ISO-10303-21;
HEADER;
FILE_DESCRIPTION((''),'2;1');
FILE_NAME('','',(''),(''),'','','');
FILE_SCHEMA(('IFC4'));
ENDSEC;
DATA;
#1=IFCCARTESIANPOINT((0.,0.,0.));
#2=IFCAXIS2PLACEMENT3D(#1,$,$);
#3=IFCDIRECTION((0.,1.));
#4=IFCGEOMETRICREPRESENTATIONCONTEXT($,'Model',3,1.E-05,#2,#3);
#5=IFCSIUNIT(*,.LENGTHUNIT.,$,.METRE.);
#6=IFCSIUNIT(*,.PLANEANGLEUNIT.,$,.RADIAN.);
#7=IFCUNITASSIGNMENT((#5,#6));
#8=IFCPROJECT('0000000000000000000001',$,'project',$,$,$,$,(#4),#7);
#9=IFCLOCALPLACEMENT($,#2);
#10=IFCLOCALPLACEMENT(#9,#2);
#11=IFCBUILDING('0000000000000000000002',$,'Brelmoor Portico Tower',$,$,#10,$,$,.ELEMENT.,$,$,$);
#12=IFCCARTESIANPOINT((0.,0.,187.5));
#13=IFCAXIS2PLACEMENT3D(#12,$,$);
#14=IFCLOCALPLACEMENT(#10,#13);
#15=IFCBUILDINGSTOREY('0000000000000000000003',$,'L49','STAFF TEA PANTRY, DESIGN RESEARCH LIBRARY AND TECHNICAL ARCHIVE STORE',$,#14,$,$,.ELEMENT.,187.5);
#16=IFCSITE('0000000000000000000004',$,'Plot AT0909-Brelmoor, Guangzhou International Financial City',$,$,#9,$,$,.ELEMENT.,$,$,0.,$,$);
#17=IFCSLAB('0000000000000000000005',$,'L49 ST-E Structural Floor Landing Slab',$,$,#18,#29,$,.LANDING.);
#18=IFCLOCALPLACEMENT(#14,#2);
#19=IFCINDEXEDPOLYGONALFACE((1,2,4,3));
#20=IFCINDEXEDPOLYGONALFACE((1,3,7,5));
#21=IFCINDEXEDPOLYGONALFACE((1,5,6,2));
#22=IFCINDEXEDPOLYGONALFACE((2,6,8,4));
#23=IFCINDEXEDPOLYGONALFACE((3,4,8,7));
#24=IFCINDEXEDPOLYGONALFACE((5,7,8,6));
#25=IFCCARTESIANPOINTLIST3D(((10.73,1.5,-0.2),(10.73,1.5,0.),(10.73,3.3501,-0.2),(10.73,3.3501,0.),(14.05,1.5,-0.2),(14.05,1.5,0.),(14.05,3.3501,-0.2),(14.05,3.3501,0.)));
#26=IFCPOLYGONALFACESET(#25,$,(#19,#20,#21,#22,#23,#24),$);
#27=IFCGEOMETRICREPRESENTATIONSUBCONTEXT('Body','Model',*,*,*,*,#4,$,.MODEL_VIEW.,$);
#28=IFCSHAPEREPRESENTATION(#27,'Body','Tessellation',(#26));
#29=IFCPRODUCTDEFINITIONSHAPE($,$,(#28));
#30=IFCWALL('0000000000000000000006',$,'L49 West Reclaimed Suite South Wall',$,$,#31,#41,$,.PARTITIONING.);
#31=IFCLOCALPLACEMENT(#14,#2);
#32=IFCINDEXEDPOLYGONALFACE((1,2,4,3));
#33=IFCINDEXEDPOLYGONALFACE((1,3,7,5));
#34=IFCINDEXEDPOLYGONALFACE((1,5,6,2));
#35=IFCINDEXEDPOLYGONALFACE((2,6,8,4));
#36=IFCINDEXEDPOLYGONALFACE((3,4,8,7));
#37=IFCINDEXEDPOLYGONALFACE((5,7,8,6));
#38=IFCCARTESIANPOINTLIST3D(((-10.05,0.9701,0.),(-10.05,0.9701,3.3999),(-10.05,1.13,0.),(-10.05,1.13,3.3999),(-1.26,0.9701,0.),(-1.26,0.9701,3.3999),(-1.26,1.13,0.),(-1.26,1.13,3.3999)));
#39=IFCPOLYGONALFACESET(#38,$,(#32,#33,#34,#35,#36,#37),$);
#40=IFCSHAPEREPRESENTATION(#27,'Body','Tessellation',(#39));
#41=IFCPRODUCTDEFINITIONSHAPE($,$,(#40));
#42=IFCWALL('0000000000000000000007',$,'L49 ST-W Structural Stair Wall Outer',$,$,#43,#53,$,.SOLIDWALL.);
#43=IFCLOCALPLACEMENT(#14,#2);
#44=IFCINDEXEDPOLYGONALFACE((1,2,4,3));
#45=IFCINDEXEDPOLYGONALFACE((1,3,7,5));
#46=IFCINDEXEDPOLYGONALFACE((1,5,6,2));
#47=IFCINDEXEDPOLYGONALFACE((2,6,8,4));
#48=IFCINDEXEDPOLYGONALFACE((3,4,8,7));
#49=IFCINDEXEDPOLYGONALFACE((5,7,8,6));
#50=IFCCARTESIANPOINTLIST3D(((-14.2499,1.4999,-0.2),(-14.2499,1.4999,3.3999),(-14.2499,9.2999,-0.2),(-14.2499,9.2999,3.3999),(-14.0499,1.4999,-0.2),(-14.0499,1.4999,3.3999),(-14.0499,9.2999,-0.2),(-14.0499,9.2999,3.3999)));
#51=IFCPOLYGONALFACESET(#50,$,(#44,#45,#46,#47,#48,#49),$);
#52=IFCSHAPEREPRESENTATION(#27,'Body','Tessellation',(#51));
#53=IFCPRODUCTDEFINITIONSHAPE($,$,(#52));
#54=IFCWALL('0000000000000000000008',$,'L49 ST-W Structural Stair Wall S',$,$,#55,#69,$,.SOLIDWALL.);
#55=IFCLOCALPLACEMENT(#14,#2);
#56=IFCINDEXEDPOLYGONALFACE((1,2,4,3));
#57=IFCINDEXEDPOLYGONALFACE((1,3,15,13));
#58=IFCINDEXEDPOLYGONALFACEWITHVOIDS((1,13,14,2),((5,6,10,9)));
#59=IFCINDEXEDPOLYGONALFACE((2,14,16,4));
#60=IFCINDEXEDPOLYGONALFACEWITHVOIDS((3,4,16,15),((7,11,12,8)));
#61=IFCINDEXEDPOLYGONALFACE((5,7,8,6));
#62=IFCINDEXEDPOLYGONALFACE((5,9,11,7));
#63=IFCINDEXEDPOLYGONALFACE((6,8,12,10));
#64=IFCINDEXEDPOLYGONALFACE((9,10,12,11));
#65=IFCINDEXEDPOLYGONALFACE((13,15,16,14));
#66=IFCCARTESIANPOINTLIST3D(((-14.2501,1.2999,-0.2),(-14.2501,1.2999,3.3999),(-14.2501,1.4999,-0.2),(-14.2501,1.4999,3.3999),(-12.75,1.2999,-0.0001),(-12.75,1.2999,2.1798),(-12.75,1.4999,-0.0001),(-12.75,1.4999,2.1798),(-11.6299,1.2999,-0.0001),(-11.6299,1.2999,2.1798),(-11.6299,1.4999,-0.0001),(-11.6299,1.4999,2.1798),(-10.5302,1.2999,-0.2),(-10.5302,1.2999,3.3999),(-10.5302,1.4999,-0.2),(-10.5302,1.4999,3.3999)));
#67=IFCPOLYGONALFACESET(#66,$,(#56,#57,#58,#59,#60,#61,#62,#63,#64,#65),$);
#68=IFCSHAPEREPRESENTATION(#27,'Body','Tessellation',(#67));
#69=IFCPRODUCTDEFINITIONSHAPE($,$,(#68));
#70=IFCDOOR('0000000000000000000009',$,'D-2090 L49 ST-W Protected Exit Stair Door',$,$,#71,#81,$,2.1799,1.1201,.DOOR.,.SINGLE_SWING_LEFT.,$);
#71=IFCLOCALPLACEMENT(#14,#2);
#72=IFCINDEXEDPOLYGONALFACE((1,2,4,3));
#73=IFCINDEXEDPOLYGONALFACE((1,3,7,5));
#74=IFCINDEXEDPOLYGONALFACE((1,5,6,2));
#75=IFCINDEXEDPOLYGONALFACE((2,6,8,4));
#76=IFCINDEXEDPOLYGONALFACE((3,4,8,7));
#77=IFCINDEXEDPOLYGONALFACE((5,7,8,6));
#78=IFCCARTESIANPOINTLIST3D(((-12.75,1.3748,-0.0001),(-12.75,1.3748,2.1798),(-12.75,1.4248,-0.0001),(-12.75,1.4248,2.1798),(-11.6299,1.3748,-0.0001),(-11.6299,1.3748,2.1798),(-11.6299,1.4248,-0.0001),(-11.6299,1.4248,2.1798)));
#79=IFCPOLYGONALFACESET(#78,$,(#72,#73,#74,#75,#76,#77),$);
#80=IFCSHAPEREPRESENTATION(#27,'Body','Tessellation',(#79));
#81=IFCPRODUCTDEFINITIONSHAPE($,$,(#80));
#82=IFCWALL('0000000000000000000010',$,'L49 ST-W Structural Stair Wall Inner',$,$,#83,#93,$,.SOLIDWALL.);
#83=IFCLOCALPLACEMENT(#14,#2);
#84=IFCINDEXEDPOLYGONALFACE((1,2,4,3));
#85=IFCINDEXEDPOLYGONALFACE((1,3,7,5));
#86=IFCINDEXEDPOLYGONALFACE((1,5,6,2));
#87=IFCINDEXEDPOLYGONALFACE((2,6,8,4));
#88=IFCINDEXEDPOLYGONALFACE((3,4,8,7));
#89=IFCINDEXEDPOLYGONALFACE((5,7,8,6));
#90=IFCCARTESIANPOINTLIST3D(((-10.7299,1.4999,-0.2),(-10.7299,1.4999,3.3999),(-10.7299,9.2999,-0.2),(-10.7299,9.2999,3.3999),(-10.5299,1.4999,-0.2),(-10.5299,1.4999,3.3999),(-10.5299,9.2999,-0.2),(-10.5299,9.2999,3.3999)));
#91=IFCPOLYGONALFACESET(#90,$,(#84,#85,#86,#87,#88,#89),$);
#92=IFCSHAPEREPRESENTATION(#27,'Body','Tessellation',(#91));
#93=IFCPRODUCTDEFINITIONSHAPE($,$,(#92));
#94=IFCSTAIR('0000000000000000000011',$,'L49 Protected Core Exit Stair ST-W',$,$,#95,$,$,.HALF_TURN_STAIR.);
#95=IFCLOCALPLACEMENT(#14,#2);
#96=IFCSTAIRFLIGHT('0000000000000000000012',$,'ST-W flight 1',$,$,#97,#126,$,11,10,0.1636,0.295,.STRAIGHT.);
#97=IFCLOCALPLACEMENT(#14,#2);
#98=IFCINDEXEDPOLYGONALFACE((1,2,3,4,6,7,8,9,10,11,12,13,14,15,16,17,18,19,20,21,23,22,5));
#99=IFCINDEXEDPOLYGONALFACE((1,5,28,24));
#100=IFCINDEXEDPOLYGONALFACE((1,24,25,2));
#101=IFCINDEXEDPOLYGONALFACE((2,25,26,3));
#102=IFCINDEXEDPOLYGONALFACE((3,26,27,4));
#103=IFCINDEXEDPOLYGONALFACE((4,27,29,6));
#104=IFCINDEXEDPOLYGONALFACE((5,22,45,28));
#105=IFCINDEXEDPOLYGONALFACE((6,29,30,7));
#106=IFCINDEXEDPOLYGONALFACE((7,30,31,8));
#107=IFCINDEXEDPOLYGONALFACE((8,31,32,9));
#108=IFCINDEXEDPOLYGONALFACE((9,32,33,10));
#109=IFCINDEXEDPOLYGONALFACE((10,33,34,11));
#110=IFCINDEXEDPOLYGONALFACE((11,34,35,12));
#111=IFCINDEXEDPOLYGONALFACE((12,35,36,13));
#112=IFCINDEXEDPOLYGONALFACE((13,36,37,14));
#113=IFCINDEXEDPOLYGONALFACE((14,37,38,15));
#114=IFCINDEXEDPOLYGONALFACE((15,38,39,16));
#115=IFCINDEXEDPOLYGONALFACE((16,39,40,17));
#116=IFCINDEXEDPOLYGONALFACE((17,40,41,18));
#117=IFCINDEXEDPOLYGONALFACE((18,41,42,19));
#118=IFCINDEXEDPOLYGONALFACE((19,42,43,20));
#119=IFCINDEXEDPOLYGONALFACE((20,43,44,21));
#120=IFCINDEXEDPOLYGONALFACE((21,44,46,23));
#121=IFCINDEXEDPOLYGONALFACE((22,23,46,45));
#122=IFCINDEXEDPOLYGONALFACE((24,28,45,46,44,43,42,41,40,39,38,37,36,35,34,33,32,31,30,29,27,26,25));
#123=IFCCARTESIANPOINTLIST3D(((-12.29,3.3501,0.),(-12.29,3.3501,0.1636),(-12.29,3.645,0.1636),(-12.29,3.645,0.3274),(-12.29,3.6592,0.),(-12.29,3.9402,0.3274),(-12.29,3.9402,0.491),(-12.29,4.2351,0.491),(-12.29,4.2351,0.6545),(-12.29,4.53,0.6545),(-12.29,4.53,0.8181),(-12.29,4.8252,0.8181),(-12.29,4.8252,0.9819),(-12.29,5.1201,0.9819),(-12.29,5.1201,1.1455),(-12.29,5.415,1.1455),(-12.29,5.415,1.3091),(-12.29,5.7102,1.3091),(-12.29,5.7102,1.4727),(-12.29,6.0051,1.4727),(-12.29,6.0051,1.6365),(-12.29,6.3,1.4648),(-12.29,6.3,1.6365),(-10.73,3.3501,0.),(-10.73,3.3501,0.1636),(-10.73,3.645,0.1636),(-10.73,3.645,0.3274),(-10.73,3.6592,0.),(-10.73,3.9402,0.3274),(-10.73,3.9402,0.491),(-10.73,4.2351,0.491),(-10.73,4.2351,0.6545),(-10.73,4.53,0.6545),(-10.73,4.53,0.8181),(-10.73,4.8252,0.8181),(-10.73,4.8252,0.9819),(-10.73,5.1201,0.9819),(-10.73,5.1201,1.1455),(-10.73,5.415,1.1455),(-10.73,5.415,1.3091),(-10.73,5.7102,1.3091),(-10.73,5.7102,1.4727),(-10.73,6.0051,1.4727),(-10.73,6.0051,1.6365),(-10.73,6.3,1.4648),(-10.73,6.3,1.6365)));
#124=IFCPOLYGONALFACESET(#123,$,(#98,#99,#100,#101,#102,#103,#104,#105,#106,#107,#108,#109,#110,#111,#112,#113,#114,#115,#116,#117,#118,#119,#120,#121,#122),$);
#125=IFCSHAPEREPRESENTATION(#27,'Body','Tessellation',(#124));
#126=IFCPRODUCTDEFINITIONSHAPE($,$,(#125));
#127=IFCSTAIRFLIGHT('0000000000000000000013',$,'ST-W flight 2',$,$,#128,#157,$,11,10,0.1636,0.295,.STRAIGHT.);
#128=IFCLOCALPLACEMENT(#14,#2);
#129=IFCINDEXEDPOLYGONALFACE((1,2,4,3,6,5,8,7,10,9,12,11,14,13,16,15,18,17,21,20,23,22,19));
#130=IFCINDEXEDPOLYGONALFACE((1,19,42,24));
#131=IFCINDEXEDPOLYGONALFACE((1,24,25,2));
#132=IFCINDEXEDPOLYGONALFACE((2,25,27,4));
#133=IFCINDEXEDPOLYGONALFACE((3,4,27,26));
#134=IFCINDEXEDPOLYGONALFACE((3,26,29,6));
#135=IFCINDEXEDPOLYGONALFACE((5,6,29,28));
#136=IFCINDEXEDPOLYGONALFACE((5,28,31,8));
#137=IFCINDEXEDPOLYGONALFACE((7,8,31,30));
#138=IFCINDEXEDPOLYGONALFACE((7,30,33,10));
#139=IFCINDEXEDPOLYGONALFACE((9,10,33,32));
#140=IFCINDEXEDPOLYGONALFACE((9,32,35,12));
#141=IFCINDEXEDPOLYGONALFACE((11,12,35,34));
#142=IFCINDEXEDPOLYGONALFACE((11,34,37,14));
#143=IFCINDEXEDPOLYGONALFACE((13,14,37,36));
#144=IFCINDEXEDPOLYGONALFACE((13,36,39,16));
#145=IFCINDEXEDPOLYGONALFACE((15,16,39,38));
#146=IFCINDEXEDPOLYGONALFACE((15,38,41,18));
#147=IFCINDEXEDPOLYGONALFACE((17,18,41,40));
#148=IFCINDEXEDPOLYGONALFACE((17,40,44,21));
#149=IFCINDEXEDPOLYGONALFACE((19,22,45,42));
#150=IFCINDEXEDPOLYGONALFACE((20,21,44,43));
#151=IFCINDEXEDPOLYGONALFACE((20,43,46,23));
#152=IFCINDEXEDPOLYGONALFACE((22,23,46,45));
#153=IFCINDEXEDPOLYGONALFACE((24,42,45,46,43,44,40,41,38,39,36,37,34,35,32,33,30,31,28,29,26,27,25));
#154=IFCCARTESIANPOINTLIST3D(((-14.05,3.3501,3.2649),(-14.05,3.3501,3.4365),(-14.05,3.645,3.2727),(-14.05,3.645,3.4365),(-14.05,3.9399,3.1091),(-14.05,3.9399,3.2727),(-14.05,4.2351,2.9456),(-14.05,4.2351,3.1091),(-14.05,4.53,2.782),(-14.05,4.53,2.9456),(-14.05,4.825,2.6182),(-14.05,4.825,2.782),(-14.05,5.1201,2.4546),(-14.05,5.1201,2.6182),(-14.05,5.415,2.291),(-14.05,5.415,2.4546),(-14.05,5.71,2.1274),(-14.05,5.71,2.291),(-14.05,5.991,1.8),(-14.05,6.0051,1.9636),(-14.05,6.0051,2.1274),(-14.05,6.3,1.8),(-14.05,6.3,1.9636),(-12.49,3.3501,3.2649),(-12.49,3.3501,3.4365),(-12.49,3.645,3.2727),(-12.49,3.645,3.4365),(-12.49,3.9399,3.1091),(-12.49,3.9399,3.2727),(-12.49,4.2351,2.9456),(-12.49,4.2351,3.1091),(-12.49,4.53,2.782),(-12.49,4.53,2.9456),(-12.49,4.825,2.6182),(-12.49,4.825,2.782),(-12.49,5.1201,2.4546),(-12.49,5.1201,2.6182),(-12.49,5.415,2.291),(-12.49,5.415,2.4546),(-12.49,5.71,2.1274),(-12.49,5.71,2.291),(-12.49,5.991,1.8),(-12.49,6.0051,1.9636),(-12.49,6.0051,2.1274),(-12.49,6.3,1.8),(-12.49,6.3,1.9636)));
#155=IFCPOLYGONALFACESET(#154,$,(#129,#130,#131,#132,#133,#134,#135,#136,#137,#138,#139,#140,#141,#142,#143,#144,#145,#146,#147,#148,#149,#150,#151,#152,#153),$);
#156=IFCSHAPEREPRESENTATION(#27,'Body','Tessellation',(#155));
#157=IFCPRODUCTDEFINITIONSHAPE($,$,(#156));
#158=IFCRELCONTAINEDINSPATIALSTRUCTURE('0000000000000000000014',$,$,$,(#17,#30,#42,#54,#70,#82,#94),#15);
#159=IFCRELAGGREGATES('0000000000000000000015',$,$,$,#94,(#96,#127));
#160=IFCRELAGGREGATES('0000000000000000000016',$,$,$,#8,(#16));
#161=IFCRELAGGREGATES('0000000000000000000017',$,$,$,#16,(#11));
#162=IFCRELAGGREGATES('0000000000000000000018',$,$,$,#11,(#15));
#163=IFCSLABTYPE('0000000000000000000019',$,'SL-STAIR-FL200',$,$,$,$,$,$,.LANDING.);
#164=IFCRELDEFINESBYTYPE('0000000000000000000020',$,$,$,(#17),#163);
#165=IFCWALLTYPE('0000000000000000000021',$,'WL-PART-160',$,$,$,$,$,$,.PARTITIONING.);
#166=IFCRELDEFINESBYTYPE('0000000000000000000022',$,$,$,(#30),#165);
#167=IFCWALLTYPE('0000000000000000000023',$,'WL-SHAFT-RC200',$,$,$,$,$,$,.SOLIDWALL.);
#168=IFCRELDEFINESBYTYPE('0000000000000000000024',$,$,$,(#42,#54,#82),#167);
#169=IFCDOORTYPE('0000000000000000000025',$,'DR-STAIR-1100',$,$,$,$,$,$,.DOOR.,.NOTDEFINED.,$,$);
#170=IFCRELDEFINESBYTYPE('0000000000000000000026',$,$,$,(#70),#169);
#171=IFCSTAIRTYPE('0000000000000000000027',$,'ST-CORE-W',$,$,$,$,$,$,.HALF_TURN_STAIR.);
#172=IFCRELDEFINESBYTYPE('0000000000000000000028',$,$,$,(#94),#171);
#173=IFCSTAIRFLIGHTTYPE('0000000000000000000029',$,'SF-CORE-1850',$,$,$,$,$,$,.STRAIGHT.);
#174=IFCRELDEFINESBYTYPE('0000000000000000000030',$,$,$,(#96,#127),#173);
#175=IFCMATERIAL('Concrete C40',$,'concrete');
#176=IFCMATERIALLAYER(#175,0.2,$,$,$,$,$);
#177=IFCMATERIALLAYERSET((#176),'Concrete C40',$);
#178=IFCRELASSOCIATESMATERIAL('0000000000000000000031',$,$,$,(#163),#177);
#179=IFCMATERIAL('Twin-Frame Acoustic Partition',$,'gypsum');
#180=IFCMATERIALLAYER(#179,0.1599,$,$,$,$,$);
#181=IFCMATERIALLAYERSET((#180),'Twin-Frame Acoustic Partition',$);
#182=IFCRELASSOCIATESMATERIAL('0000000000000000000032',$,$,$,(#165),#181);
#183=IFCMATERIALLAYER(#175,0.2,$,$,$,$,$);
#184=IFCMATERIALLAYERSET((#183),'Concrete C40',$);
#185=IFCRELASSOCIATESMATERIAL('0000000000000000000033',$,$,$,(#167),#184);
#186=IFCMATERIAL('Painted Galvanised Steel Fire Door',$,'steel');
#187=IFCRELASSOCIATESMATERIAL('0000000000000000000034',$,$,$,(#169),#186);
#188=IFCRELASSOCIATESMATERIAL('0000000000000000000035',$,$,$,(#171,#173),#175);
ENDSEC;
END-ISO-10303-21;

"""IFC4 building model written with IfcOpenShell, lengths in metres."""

from ifc_helpers import new_model, si_unit, direction, frame, frame_2d, origin, place, context, subcontext, project, spatial, polyline, rectangle, outline, extrude, material, layer, layer_set, type_object, element, fill, aggregate, save


model = new_model("IFC4")

# Units and contexts
model_context = context("Model", 3, precision=1e-05, world=origin(), true_north=direction((0.0, 1.0)))
body_context = subcontext(model_context, "Body", "Model", "MODEL_VIEW")
ifc_project = project(units=[si_unit("LENGTHUNIT", "METRE"), si_unit("PLANEANGLEUNIT", "RADIAN")], contexts=[model_context])

# Site, building, storey
site_placement = place(None, origin())
site = spatial("IfcSite", under=ifc_project, at=site_placement, Name="Plot AT0909-Brelmoor, Guangzhou International Financial City", CompositionType="ELEMENT", RefElevation=0.0)
building_placement = place(site_placement, origin())
building = spatial("IfcBuilding", under=site, at=building_placement, Name="Brelmoor Portico Tower", CompositionType="ELEMENT")
storey_placement = place(building_placement, frame((0.0, 0.0, 187.5)))
storey = spatial("IfcBuildingStorey", under=building, at=storey_placement, Name="L49", Description="STAFF TEA PANTRY, DESIGN RESEARCH LIBRARY AND TECHNICAL ARCHIVE STORE", CompositionType="ELEMENT", Elevation=187.5)

# Slab
ifc_material_1 = material(Name="Concrete C40", Category="concrete")
ifc_layer_1 = layer(ifc_material_1, 0.2)
ifc_layer_set_1 = layer_set([ifc_layer_1], Name="Concrete C40")
slab_type_1 = type_object("IfcSlabType", Name="SL-STAIR-FL200", PredefinedType="LANDING", material=ifc_layer_set_1)
slab_1_placement = place(storey_placement, frame((0.0, 0.0, -0.2)))
element("IfcSlab", 1, at=slab_1_placement, inside=storey, type_object=slab_type_1, Name="L49 ST-E Structural Floor Landing Slab", PredefinedType="LANDING", context=body_context, shape_type="SweptSolid", body=[
    extrude(outline(polyline([(14.05, 1.5), (14.05, 3.3501), (10.73, 3.3501), (10.73, 1.5), (14.05, 1.5)])), origin(), (0.0, 0.0, 1.0), 0.2),
])

# Walls
ifc_material_2 = material(Name="Twin-Frame Acoustic Partition", Category="gypsum")
ifc_layer_2 = layer(ifc_material_2, 0.1599)
ifc_layer_set_2 = layer_set([ifc_layer_2], Name="Twin-Frame Acoustic Partition")
wall_type_1 = type_object("IfcWallType", Name="WL-PART-160", PredefinedType="PARTITIONING", material=ifc_layer_set_2)
wall_1_placement = place(storey_placement, frame((-10.05, 1.05, 0.0), z_axis=(0.0, 0.0, 1.0), x_axis=(1.0, 0.0, 0.0)))
element("IfcWall", 2, at=wall_1_placement, inside=storey, type_object=wall_type_1, Name="L49 West Reclaimed Suite South Wall", PredefinedType="PARTITIONING", context=body_context, shape_type="SweptSolid", body=[
    extrude(rectangle(XDim=8.79, YDim=0.1599, at=frame_2d((4.395, 0.0))), origin(), (0.0, 0.0, 1.0), 3.3999),
])
ifc_layer_3 = layer(ifc_material_1, 0.2)
ifc_layer_set_3 = layer_set([ifc_layer_3], Name="Concrete C40")
wall_type_2 = type_object("IfcWallType", Name="WL-SHAFT-RC200", PredefinedType="SOLIDWALL", material=ifc_layer_set_3)
wall_2_placement = place(storey_placement, frame((-14.1499, 1.5, -0.2), z_axis=(0.0, 0.0, 1.0), x_axis=(0.0, 1.0, 0.0)))
element("IfcWall", 3, at=wall_2_placement, inside=storey, type_object=wall_type_2, Name="L49 ST-W Structural Stair Wall Outer", PredefinedType="SOLIDWALL", context=body_context, shape_type="SweptSolid", body=[
    extrude(rectangle(XDim=7.8, YDim=0.2, at=frame_2d((3.8999, 0.0))), origin(), (0.0, 0.0, 1.0), 3.5999),
])

# Wall, opening, door
wall_3_placement = place(storey_placement, frame((-14.25, 1.3999, -0.2), z_axis=(0.0, 0.0, 1.0), x_axis=(1.0, 0.0, 0.0)))
wall_3 = element("IfcWall", 4, at=wall_3_placement, inside=storey, type_object=wall_type_2, Name="L49 ST-W Structural Stair Wall S", PredefinedType="SOLIDWALL", context=body_context, shape_type="SweptSolid", body=[
    extrude(rectangle(XDim=3.72, YDim=0.2, at=frame_2d((1.8599, 0.0))), origin(), (0.0, 0.0, 1.0), 3.5999),
])
opening_placement = place(wall_3_placement, frame((1.5, 0.0, 0.2)))
opening = element("IfcOpeningElement", 5, at=opening_placement, cuts=wall_3, PredefinedType="OPENING", context=body_context, shape_type="SweptSolid", body=[
    extrude(rectangle(XDim=1.1201, YDim=2.1799, at=frame_2d((0.5601, 1.0898))), frame((0.0, 0.1099, 0.0), z_axis=(0.0, -1.0, 0.0), x_axis=(1.0, 0.0, 0.0)), (0.0, 0.0, 1.0), 0.22),
])
ifc_material_3 = material(Name="Painted Galvanised Steel Fire Door", Category="steel")
door_type = type_object("IfcDoorType", Name="DR-STAIR-1100", OperationType="NOTDEFINED", PredefinedType="DOOR", material=ifc_material_3)
door_placement = place(opening_placement, origin())
door = element("IfcDoor", 6, at=door_placement, inside=storey, type_object=door_type, Name="D-2090 L49 ST-W Protected Exit Stair Door", OperationType="SINGLE_SWING_LEFT", OverallHeight=2.1799, OverallWidth=1.1201, PredefinedType="DOOR", context=body_context, shape_type="SweptSolid", body=[
    extrude(rectangle(XDim=1.1201, YDim=2.1799, at=frame_2d((0.5601, 1.0898))), frame((0.0, 0.0249, 0.0), z_axis=(0.0, -1.0, 0.0), x_axis=(1.0, 0.0, 0.0)), (0.0, 0.0, 1.0), 0.05),
])
fill(opening, door)

# Wall
wall_4_placement = place(storey_placement, frame((-10.6299, 1.5, -0.2), z_axis=(0.0, 0.0, 1.0), x_axis=(0.0, 1.0, 0.0)))
element("IfcWall", 7, at=wall_4_placement, inside=storey, type_object=wall_type_2, Name="L49 ST-W Structural Stair Wall Inner", PredefinedType="SOLIDWALL", context=body_context, shape_type="SweptSolid", body=[
    extrude(rectangle(XDim=7.8, YDim=0.2, at=frame_2d((3.8999, 0.0))), origin(), (0.0, 0.0, 1.0), 3.5999),
])

# Stair, stair flights
stair_type = type_object("IfcStairType", Name="ST-CORE-W", PredefinedType="HALF_TURN_STAIR", material=ifc_material_1)
stair_placement = place(storey_placement, origin())
stair = element("IfcStair", 8, at=stair_placement, inside=storey, type_object=stair_type, Name="L49 Protected Core Exit Stair ST-W", PredefinedType="HALF_TURN_STAIR")
stair_flight_type = type_object("IfcStairFlightType", Name="SF-CORE-1850", PredefinedType="STRAIGHT", material=ifc_material_1)
stair_flight_1_placement = place(storey_placement, frame((-11.51, 3.3501, 0.0), z_axis=(0.0, 0.0, 1.0), x_axis=(0.0, 1.0, 0.0)))
stair_flight_1 = element("IfcStairFlight", 9, at=stair_flight_1_placement, type_object=stair_flight_type, Name="ST-W flight 1", NumberOfRisers=11, NumberOfTreads=10, PredefinedType="STRAIGHT", RiserHeight=0.1636, TreadLength=0.295, context=body_context, shape_type="SweptSolid", body=[
    extrude(outline(polyline([(0.0, 0.0), (0.0, 0.1636), (0.2949, 0.1636), (0.2949, 0.3274), (0.5901, 0.3274), (0.5901, 0.491), (0.885, 0.491), (0.885, 0.6545), (1.1799, 0.6545), (1.1799, 0.8181), (1.4751, 0.8181), (1.4751, 0.9819), (1.77, 0.9819), (1.77, 1.1455), (2.0649, 1.1455), (2.0649, 1.3091), (2.3601, 1.3091), (2.3601, 1.4727), (2.655, 1.4727), (2.655, 1.6365), (2.95, 1.6365), (2.95, 1.8), (2.95, 1.4648), (0.3091, 0.0), (0.0, 0.0)])), frame((0.0, 0.78, 0.0), z_axis=(0.0, -1.0, 0.0), x_axis=(1.0, 0.0, 0.0)), (0.0, 0.0, 1.0), 1.5601),
])
stair_flight_2_placement = place(storey_placement, frame((-13.27, 6.3, 1.8), z_axis=(0.0, 0.0, 1.0), x_axis=(0.0, -1.0, 0.0)))
stair_flight_2 = element("IfcStairFlight", 10, at=stair_flight_2_placement, type_object=stair_flight_type, Name="ST-W flight 2", NumberOfRisers=11, NumberOfTreads=10, PredefinedType="STRAIGHT", RiserHeight=0.1636, TreadLength=0.295, context=body_context, shape_type="SweptSolid", body=[
    extrude(outline(polyline([(0.0, 0.0), (0.0, 0.1636), (0.2949, 0.1636), (0.2949, 0.3274), (0.5901, 0.3274), (0.5901, 0.491), (0.885, 0.491), (0.885, 0.6545), (1.1799, 0.6545), (1.1799, 0.8181), (1.4751, 0.8181), (1.4751, 0.9819), (1.77, 0.9819), (1.77, 1.1455), (2.0649, 1.1455), (2.0649, 1.3091), (2.3601, 1.3091), (2.3601, 1.4727), (2.655, 1.4727), (2.655, 1.6365), (2.95, 1.6365), (2.95, 1.8), (2.95, 1.4648), (0.3091, 0.0), (0.0, 0.0)])), frame((0.0, 0.78, 0.0), z_axis=(0.0, -1.0, 0.0), x_axis=(1.0, 0.0, 0.0)), (0.0, 0.0, 1.0), 1.5601),
])
aggregate(stair, [stair_flight_1, stair_flight_2])

save(model, "model.ifc")
